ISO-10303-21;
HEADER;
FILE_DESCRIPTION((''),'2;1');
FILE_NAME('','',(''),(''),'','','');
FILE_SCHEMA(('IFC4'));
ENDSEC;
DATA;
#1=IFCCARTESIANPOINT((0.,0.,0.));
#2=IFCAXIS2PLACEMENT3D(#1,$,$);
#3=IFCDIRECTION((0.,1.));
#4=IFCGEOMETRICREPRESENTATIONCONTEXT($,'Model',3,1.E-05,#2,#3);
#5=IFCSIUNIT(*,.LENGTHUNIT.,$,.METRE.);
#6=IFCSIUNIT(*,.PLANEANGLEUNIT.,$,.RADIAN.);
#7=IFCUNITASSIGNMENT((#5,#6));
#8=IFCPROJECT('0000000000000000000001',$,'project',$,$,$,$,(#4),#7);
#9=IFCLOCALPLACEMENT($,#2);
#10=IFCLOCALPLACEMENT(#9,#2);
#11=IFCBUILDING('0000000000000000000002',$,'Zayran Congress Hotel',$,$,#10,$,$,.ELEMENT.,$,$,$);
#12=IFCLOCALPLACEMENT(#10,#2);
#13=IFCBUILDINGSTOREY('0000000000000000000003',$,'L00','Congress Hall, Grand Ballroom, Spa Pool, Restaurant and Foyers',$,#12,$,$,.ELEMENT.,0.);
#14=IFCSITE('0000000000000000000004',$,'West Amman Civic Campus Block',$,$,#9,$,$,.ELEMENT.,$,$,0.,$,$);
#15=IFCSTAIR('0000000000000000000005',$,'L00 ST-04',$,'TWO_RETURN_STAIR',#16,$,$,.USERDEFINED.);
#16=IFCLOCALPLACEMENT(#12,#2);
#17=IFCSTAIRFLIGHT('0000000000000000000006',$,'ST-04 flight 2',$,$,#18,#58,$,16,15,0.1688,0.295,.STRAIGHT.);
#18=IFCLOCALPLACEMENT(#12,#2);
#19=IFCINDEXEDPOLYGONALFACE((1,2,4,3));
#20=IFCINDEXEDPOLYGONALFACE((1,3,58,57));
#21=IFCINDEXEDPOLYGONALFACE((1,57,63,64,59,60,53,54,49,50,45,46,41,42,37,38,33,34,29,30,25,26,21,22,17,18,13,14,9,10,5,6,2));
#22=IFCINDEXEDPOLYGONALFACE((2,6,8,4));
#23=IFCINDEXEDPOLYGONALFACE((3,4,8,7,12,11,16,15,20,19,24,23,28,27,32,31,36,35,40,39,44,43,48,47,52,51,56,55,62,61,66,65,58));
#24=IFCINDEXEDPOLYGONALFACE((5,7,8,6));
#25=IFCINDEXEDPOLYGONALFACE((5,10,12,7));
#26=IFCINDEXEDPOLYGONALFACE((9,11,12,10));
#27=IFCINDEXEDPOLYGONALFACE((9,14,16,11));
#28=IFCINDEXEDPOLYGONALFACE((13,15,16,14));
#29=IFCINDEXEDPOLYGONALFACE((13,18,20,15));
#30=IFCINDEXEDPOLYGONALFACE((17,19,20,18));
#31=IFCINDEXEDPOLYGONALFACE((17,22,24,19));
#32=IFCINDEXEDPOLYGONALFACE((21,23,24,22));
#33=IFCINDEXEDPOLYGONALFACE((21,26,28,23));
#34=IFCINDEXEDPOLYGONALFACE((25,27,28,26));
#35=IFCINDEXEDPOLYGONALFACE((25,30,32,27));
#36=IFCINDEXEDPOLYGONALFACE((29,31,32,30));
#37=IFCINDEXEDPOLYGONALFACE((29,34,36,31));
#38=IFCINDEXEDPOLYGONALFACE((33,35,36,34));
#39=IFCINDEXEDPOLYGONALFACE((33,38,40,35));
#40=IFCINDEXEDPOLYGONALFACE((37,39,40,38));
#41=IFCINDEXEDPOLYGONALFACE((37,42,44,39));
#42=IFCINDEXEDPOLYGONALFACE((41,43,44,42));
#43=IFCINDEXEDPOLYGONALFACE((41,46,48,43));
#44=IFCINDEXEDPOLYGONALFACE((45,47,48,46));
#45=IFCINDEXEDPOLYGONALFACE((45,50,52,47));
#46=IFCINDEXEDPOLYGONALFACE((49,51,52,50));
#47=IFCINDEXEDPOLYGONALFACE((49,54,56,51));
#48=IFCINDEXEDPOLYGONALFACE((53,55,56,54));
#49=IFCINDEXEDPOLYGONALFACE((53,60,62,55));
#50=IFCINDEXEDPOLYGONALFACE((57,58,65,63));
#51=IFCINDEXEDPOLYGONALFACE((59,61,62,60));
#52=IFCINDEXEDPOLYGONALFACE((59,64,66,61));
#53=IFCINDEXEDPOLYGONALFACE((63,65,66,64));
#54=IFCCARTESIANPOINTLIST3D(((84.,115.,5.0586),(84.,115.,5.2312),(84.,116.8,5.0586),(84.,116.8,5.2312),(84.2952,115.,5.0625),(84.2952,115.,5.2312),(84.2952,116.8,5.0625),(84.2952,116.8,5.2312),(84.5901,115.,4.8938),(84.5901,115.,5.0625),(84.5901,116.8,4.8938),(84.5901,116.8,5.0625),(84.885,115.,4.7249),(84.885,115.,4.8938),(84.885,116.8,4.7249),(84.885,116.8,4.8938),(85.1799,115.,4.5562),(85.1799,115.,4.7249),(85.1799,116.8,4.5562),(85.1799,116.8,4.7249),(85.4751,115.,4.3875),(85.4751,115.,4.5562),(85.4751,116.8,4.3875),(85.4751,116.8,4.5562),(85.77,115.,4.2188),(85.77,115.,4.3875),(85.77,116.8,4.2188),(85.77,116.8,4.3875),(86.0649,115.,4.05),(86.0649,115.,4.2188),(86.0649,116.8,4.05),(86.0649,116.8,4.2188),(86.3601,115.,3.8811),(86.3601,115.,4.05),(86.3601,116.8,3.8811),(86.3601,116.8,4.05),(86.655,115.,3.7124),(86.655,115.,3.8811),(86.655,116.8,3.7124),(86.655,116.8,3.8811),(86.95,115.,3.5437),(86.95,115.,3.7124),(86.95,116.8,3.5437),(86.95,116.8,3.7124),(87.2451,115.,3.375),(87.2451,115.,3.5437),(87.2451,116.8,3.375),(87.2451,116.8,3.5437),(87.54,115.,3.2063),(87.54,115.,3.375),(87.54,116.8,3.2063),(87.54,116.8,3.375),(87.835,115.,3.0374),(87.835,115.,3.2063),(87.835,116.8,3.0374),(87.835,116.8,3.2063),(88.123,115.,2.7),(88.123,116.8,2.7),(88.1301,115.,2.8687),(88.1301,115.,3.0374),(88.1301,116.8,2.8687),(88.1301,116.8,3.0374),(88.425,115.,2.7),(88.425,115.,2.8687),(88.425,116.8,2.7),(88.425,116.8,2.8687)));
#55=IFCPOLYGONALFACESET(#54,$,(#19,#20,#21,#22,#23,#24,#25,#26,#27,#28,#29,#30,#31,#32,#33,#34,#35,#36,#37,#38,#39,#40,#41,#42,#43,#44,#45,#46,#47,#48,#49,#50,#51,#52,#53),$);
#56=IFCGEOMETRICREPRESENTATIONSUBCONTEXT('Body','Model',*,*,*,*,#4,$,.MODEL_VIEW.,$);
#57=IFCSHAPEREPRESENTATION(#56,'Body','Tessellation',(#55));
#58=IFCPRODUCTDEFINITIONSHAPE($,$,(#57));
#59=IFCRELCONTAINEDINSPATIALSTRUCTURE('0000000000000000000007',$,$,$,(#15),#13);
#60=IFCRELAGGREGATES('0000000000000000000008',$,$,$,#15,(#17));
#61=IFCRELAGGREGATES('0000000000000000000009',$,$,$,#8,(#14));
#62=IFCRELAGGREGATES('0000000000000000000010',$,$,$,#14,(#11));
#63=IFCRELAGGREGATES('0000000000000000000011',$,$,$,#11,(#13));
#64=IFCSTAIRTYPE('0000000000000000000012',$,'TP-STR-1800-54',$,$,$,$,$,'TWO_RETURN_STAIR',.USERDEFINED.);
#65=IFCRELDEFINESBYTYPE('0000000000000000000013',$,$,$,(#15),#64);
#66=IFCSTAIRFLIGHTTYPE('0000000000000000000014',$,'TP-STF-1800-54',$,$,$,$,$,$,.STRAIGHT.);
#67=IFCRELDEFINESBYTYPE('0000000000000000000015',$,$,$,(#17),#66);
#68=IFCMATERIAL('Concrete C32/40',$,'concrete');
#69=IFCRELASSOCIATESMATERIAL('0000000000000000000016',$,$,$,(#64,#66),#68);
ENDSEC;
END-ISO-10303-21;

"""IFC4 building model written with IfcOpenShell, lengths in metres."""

from ifc_helpers import new_model, si_unit, direction, frame, origin, place, context, subcontext, project, spatial, polyline, outline, extrude, material, type_object, element, aggregate, save


model = new_model("IFC4")

# Units and contexts
model_context = context("Model", 3, precision=1e-05, world=origin(), true_north=direction((0.0, 1.0)))
body_context = subcontext(model_context, "Body", "Model", "MODEL_VIEW")
ifc_project = project(units=[si_unit("LENGTHUNIT", "METRE"), si_unit("PLANEANGLEUNIT", "RADIAN")], contexts=[model_context])

# Site, building, storey
site_placement = place(None, origin())
site = spatial("IfcSite", under=ifc_project, at=site_placement, Name="West Amman Civic Campus Block", CompositionType="ELEMENT", RefElevation=0.0)
building_placement = place(site_placement, origin())
building = spatial("IfcBuilding", under=site, at=building_placement, Name="Zayran Congress Hotel", CompositionType="ELEMENT")
storey_placement = place(building_placement, origin())
storey = spatial("IfcBuildingStorey", under=building, at=storey_placement, Name="L00", Description="Congress Hall, Grand Ballroom, Spa Pool, Restaurant and Foyers", CompositionType="ELEMENT", Elevation=0.0)

# Stair, stair flight
ifc_material_1 = material(Name="Concrete C32/40", Category="concrete")
stair_type = type_object("IfcStairType", Name="TP-STR-1800-54", ElementType="TWO_RETURN_STAIR", PredefinedType="USERDEFINED", material=ifc_material_1)
stair_placement = place(storey_placement, origin())
stair = element("IfcStair", 1, at=stair_placement, inside=storey, type_object=stair_type, Name="L00 ST-04", ObjectType="TWO_RETURN_STAIR", PredefinedType="USERDEFINED")
stair_flight_type = type_object("IfcStairFlightType", Name="TP-STF-1800-54", PredefinedType="STRAIGHT", material=ifc_material_1)
stair_flight_1_placement = place(storey_placement, frame((88.425, 115.8999, 2.7), z_axis=(0.0, 0.0, 1.0), x_axis=(-1.0, 0.0, 0.0)))
stair_flight_1 = element("IfcStairFlight", 2, at=stair_flight_1_placement, type_object=stair_flight_type, Name="ST-04 flight 2", NumberOfRisers=16, NumberOfTreads=15, PredefinedType="STRAIGHT", RiserHeight=0.1688, TreadLength=0.295, context=body_context, shape_type="SweptSolid", body=[
    extrude(outline(polyline([(0.0, 0.0), (0.0, 0.1687), (0.2949, 0.1687), (0.2949, 0.3374), (0.5901, 0.3374), (0.5901, 0.5063), (0.885, 0.5063), (0.885, 0.675), (1.1799, 0.675), (1.1799, 0.8438), (1.4751, 0.8438), (1.4751, 1.0125), (1.77, 1.0125), (1.77, 1.1812), (2.0649, 1.1812), (2.0649, 1.3501), (2.3601, 1.3501), (2.3601, 1.5188), (2.655, 1.5188), (2.655, 1.6875), (2.95, 1.6875), (2.95, 1.8562), (3.2451, 1.8562), (3.2451, 2.0249), (3.54, 2.0249), (3.54, 2.1938), (3.835, 2.1938), (3.835, 2.3625), (4.1299, 2.3625), (4.1299, 2.5312), (4.425, 2.5312), (4.425, 2.7), (4.425, 2.3586), (0.302, 0.0), (0.0, 0.0)])), frame((0.0, 0.8999, 0.0), z_axis=(0.0, -1.0, 0.0), x_axis=(1.0, 0.0, 0.0)), (0.0, 0.0, 1.0), 1.8),
])
aggregate(stair, [stair_flight_1])

save(model, "model.ifc")
